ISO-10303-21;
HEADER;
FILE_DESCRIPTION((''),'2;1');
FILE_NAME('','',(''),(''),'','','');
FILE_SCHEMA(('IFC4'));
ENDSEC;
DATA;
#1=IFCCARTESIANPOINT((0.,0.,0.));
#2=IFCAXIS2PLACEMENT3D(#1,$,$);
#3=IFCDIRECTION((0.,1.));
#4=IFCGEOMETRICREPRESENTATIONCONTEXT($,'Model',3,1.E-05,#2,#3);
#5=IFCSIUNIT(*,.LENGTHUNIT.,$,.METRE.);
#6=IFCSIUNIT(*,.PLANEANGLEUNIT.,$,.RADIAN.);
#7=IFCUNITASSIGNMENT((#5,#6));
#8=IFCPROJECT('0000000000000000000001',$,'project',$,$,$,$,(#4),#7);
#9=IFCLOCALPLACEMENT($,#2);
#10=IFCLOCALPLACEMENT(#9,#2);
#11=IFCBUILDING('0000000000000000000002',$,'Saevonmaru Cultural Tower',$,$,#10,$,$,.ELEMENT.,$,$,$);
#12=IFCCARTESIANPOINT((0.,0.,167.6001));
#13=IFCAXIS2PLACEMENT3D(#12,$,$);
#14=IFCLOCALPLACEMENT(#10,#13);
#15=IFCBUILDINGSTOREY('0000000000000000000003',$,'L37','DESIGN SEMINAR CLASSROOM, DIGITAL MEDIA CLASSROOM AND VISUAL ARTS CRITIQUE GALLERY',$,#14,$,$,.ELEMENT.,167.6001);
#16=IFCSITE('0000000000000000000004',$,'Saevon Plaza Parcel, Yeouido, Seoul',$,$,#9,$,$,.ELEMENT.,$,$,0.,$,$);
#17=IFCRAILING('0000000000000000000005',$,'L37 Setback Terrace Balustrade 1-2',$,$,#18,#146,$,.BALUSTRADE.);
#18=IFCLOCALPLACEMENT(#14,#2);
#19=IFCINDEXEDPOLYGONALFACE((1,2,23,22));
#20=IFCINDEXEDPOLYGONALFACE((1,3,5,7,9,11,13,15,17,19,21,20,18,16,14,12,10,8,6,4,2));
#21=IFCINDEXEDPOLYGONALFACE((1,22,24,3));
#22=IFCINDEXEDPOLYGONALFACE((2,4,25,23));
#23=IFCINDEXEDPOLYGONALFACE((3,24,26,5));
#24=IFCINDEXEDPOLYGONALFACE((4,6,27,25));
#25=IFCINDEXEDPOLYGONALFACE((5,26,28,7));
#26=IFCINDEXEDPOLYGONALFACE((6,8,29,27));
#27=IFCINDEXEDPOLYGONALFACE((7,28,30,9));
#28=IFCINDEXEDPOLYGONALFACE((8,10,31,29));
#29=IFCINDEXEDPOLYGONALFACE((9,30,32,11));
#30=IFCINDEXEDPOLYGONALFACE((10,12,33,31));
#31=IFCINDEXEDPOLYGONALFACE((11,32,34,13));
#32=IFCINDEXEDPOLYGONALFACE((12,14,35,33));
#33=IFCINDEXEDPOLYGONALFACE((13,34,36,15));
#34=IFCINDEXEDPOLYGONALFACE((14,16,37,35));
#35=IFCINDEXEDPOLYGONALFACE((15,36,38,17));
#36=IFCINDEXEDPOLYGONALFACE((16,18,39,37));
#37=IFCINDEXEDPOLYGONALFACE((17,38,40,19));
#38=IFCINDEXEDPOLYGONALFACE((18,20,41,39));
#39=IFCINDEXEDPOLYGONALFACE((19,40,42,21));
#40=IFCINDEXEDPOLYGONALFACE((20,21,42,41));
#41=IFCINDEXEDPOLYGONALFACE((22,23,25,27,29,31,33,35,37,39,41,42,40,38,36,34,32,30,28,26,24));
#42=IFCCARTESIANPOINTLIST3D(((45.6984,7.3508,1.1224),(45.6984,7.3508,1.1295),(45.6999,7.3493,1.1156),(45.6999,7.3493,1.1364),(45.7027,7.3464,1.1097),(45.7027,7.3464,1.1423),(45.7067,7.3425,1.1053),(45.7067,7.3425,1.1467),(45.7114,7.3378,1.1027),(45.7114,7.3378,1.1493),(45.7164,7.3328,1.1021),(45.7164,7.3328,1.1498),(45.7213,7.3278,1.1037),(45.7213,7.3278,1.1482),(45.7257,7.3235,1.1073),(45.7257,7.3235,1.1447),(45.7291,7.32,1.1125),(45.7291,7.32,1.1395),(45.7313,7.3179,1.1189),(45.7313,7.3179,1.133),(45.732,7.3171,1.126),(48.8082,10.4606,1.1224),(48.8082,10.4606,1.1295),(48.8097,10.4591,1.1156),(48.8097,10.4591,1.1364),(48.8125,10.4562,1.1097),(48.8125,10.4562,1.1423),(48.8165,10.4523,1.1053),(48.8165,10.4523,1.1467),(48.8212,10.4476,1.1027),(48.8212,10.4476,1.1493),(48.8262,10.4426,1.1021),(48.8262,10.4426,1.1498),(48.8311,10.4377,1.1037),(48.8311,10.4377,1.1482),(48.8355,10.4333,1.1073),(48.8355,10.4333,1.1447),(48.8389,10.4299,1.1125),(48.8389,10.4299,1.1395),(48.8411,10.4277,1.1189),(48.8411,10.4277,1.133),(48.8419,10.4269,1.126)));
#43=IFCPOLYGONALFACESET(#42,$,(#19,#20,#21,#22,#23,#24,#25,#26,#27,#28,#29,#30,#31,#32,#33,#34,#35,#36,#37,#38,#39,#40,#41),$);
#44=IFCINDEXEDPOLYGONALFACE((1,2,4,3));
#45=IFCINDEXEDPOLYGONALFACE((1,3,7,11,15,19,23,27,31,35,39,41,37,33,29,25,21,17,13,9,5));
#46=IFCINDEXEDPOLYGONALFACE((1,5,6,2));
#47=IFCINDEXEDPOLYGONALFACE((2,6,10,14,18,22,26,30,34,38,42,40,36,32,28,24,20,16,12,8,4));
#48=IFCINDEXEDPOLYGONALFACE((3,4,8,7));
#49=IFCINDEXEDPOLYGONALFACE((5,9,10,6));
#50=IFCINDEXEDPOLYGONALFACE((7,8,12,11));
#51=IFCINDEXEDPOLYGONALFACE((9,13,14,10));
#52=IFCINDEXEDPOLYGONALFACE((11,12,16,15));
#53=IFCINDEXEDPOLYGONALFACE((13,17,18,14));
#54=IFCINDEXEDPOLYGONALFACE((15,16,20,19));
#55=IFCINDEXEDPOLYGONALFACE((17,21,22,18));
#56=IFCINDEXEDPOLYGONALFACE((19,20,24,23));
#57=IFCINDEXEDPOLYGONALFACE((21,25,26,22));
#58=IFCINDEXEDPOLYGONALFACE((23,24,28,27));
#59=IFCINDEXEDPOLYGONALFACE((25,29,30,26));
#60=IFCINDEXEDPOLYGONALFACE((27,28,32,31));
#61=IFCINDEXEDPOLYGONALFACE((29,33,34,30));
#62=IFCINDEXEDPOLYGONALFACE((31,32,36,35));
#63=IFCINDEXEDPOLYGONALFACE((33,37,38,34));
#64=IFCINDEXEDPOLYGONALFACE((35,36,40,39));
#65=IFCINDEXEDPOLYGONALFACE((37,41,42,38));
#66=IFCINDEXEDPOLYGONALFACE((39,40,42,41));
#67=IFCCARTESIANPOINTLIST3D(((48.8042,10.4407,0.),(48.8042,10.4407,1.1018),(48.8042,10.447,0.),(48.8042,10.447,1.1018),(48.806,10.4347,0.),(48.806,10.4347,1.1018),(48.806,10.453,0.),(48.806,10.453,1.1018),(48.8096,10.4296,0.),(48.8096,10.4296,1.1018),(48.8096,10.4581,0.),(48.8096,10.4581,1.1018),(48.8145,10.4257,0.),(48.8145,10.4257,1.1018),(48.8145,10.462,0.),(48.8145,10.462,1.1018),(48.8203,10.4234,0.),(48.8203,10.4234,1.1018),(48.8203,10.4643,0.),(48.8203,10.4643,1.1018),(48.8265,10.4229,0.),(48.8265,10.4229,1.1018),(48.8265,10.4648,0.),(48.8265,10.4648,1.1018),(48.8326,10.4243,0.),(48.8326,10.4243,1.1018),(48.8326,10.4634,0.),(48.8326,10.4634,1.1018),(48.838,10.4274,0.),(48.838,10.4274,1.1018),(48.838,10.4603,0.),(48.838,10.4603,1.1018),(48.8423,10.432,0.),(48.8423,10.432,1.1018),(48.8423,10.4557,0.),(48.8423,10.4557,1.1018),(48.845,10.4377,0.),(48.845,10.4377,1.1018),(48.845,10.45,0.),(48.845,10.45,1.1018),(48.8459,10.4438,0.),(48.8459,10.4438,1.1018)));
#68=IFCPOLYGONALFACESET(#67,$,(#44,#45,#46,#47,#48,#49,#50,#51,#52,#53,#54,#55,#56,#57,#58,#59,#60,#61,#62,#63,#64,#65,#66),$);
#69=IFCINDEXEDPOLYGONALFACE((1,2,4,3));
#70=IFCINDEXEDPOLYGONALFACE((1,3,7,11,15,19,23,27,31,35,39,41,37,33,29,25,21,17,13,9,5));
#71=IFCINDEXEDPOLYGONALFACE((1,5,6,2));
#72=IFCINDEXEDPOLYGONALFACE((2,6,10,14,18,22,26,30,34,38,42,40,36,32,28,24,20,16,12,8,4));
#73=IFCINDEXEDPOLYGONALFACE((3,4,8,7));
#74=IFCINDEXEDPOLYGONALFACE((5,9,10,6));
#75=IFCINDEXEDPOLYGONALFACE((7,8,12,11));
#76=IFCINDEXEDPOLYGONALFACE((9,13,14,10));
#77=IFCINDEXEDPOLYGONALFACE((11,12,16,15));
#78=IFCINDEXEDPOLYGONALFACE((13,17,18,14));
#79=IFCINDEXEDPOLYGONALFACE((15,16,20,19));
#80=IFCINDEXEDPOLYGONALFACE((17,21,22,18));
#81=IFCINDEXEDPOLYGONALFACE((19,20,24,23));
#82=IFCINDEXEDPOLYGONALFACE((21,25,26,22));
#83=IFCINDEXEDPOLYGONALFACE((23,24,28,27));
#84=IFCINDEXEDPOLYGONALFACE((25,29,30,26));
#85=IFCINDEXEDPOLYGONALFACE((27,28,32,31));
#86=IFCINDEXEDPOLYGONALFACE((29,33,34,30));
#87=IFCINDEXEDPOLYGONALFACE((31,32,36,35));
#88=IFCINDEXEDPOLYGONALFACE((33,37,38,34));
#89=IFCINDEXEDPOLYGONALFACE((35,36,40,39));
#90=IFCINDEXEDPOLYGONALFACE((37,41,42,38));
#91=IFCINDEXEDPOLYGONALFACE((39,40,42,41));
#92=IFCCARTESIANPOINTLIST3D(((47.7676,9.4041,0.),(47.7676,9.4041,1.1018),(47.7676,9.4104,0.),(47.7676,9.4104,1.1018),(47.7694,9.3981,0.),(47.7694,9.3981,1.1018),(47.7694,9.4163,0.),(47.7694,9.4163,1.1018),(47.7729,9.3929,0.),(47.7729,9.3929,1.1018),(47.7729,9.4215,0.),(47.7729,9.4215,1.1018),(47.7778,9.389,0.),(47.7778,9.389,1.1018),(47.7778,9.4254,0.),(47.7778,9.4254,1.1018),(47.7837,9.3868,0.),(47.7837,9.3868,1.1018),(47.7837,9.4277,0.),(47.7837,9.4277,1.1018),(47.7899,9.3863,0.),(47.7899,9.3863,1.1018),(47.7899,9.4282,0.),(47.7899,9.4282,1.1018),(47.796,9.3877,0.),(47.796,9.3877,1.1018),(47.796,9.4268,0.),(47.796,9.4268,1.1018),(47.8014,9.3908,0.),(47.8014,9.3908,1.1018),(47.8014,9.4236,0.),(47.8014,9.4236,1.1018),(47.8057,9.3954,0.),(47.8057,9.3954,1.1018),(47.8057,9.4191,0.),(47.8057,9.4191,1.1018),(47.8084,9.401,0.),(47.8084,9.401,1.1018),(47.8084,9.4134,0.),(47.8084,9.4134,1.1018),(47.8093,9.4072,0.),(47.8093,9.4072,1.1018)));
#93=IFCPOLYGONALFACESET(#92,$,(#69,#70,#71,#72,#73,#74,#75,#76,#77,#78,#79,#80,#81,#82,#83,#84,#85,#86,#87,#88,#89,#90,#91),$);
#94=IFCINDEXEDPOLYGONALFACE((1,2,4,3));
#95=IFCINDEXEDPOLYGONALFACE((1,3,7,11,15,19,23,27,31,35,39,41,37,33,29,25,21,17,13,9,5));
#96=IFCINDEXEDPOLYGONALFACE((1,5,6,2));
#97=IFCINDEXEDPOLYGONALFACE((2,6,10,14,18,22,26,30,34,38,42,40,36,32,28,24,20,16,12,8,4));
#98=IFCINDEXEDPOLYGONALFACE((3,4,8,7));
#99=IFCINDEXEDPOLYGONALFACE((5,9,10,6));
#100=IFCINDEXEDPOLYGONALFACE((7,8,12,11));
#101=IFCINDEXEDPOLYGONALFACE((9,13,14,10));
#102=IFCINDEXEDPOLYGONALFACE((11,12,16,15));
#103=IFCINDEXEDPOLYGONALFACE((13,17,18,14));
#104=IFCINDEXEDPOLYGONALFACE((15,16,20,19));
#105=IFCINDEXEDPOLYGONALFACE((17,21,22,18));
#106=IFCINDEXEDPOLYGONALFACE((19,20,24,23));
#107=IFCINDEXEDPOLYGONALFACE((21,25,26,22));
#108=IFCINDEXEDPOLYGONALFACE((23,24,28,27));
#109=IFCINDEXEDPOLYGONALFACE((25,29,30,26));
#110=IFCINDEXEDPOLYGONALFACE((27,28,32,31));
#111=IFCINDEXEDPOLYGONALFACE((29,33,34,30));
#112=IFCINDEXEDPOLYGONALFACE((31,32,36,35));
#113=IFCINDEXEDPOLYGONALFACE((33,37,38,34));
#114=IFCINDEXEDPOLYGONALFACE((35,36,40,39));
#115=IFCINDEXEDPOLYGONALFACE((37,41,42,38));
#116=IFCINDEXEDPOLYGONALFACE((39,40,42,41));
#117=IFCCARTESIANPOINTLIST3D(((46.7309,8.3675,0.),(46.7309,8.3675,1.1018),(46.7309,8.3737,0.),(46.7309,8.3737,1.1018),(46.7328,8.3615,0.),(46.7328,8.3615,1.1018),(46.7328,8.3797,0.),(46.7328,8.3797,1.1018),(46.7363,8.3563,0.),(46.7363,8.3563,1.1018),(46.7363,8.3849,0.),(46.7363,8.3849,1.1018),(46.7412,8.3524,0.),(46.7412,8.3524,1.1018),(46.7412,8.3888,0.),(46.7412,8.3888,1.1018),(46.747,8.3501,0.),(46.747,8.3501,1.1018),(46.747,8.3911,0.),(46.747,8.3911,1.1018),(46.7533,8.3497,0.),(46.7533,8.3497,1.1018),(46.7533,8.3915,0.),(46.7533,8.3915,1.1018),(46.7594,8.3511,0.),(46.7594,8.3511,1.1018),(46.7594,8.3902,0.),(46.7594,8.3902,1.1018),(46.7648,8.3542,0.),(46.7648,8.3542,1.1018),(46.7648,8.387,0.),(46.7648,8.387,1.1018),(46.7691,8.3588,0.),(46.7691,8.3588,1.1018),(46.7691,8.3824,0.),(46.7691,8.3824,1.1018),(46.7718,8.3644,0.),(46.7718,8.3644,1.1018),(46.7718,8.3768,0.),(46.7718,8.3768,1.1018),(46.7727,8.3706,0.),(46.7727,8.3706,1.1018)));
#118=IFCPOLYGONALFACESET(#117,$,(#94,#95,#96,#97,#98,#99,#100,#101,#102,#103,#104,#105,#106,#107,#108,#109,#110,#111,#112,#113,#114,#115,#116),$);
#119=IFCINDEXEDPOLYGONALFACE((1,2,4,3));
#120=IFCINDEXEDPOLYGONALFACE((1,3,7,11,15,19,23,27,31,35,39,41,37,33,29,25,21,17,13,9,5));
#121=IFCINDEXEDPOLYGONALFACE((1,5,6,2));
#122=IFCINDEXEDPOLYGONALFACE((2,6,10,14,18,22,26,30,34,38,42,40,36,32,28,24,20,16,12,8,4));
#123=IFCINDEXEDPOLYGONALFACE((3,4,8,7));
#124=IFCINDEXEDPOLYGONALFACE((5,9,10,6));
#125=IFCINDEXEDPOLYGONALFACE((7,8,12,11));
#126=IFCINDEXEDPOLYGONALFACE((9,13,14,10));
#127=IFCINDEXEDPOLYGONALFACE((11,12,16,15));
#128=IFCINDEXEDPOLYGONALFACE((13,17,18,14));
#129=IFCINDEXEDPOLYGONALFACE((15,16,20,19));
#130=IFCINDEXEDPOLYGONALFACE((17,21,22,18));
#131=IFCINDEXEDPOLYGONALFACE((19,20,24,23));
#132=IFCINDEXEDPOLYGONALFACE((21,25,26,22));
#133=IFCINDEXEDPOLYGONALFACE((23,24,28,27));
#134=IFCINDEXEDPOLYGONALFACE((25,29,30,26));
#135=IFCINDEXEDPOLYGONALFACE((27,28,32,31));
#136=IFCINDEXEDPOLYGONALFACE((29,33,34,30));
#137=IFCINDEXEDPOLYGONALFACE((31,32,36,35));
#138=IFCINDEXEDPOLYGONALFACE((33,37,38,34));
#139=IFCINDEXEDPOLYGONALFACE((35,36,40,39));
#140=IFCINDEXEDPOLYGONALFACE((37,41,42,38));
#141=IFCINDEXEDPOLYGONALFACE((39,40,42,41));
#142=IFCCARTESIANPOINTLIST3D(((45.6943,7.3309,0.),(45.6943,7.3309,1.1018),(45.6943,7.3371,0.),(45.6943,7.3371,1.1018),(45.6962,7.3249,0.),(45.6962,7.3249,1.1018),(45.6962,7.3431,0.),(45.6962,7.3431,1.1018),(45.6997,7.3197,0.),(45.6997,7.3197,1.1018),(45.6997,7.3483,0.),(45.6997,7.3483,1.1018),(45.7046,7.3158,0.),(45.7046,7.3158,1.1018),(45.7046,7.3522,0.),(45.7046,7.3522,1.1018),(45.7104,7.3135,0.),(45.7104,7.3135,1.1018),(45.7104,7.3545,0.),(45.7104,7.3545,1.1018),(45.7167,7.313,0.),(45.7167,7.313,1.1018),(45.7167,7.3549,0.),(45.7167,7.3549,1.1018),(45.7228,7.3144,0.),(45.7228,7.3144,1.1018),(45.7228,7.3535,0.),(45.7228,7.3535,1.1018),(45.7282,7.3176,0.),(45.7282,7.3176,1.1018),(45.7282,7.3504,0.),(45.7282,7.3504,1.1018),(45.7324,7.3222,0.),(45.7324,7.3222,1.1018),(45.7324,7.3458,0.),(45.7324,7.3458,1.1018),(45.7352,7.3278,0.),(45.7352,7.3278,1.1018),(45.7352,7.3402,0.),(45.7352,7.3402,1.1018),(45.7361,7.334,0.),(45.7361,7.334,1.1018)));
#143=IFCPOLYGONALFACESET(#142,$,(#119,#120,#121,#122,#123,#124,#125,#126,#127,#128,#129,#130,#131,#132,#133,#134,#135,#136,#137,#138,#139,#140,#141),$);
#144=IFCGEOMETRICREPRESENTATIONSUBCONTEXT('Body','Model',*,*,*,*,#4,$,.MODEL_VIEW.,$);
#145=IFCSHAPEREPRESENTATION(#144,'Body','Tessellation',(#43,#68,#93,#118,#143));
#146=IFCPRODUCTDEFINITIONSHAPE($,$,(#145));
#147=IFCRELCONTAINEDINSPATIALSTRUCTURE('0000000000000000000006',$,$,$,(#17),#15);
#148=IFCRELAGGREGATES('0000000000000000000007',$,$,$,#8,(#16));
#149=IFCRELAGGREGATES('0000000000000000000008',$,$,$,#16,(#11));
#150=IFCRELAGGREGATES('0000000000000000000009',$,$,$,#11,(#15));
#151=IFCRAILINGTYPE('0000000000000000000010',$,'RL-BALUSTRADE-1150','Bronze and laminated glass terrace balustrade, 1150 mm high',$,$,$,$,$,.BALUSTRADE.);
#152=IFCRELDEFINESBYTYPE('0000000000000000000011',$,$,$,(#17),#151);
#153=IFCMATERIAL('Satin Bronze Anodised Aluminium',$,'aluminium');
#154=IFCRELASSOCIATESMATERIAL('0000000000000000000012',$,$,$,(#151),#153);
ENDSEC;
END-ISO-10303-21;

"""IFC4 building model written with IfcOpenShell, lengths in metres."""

from ifc_helpers import new_model, si_unit, direction, frame, origin, origin_2d, place, context, subcontext, project, spatial, circle, extrude, material, type_object, element, save


model = new_model("IFC4")

# Units and contexts
model_context = context("Model", 3, precision=1e-05, world=origin(), true_north=direction((0.0, 1.0)))
body_context = subcontext(model_context, "Body", "Model", "MODEL_VIEW")
ifc_project = project(units=[si_unit("LENGTHUNIT", "METRE"), si_unit("PLANEANGLEUNIT", "RADIAN")], contexts=[model_context])

# Site, building, storey
site_placement = place(None, origin())
site = spatial("IfcSite", under=ifc_project, at=site_placement, Name="Saevon Plaza Parcel, Yeouido, Seoul", CompositionType="ELEMENT", RefElevation=0.0)
building_placement = place(site_placement, origin())
building = spatial("IfcBuilding", under=site, at=building_placement, Name="Saevonmaru Cultural Tower", CompositionType="ELEMENT")
storey_placement = place(building_placement, frame((0.0, 0.0, 167.6001)))
storey = spatial("IfcBuildingStorey", under=building, at=storey_placement, Name="L37", Description="DESIGN SEMINAR CLASSROOM, DIGITAL MEDIA CLASSROOM AND VISUAL ARTS CRITIQUE GALLERY", CompositionType="ELEMENT", Elevation=167.6001)

# Shared definitions
ifc_material_1 = material(Name="Satin Bronze Anodised Aluminium", Category="aluminium")

# Railing
railing_type = type_object("IfcRailingType", Name="RL-BALUSTRADE-1150", Description="Bronze and laminated glass terrace balustrade, 1150 mm high", PredefinedType="BALUSTRADE", material=ifc_material_1)
railing_1_placement = place(storey_placement, frame((48.825, 10.4438, 0.0)))
element("IfcRailing", 1, at=railing_1_placement, inside=storey, type_object=railing_type, Name="L37 Setback Terrace Balustrade 1-2", PredefinedType="BALUSTRADE", context=body_context, shape_type="SweptSolid", body=[
    extrude(circle(Radius=0.0239, at=origin_2d()), frame((0.0, 0.0, 1.126), z_axis=(-0.707107, -0.707107, 0.0), x_axis=(0.707107, -0.707107, 0.0)), (0.0, 0.0, 1.0), 4.3979),
    extrude(circle(Radius=0.021, at=origin_2d()), origin(), (0.0, 0.0, 1.0), 1.1018),
    extrude(circle(Radius=0.021, at=origin_2d()), frame((-1.0366, -1.0366, 0.0)), (0.0, 0.0, 1.0), 1.1018),
    extrude(circle(Radius=0.021, at=origin_2d()), frame((-2.0732, -2.0732, 0.0)), (0.0, 0.0, 1.0), 1.1018),
    extrude(circle(Radius=0.021, at=origin_2d()), frame((-3.1099, -3.1099, 0.0)), (0.0, 0.0, 1.0), 1.1018),
])

save(model, "model.ifc")
